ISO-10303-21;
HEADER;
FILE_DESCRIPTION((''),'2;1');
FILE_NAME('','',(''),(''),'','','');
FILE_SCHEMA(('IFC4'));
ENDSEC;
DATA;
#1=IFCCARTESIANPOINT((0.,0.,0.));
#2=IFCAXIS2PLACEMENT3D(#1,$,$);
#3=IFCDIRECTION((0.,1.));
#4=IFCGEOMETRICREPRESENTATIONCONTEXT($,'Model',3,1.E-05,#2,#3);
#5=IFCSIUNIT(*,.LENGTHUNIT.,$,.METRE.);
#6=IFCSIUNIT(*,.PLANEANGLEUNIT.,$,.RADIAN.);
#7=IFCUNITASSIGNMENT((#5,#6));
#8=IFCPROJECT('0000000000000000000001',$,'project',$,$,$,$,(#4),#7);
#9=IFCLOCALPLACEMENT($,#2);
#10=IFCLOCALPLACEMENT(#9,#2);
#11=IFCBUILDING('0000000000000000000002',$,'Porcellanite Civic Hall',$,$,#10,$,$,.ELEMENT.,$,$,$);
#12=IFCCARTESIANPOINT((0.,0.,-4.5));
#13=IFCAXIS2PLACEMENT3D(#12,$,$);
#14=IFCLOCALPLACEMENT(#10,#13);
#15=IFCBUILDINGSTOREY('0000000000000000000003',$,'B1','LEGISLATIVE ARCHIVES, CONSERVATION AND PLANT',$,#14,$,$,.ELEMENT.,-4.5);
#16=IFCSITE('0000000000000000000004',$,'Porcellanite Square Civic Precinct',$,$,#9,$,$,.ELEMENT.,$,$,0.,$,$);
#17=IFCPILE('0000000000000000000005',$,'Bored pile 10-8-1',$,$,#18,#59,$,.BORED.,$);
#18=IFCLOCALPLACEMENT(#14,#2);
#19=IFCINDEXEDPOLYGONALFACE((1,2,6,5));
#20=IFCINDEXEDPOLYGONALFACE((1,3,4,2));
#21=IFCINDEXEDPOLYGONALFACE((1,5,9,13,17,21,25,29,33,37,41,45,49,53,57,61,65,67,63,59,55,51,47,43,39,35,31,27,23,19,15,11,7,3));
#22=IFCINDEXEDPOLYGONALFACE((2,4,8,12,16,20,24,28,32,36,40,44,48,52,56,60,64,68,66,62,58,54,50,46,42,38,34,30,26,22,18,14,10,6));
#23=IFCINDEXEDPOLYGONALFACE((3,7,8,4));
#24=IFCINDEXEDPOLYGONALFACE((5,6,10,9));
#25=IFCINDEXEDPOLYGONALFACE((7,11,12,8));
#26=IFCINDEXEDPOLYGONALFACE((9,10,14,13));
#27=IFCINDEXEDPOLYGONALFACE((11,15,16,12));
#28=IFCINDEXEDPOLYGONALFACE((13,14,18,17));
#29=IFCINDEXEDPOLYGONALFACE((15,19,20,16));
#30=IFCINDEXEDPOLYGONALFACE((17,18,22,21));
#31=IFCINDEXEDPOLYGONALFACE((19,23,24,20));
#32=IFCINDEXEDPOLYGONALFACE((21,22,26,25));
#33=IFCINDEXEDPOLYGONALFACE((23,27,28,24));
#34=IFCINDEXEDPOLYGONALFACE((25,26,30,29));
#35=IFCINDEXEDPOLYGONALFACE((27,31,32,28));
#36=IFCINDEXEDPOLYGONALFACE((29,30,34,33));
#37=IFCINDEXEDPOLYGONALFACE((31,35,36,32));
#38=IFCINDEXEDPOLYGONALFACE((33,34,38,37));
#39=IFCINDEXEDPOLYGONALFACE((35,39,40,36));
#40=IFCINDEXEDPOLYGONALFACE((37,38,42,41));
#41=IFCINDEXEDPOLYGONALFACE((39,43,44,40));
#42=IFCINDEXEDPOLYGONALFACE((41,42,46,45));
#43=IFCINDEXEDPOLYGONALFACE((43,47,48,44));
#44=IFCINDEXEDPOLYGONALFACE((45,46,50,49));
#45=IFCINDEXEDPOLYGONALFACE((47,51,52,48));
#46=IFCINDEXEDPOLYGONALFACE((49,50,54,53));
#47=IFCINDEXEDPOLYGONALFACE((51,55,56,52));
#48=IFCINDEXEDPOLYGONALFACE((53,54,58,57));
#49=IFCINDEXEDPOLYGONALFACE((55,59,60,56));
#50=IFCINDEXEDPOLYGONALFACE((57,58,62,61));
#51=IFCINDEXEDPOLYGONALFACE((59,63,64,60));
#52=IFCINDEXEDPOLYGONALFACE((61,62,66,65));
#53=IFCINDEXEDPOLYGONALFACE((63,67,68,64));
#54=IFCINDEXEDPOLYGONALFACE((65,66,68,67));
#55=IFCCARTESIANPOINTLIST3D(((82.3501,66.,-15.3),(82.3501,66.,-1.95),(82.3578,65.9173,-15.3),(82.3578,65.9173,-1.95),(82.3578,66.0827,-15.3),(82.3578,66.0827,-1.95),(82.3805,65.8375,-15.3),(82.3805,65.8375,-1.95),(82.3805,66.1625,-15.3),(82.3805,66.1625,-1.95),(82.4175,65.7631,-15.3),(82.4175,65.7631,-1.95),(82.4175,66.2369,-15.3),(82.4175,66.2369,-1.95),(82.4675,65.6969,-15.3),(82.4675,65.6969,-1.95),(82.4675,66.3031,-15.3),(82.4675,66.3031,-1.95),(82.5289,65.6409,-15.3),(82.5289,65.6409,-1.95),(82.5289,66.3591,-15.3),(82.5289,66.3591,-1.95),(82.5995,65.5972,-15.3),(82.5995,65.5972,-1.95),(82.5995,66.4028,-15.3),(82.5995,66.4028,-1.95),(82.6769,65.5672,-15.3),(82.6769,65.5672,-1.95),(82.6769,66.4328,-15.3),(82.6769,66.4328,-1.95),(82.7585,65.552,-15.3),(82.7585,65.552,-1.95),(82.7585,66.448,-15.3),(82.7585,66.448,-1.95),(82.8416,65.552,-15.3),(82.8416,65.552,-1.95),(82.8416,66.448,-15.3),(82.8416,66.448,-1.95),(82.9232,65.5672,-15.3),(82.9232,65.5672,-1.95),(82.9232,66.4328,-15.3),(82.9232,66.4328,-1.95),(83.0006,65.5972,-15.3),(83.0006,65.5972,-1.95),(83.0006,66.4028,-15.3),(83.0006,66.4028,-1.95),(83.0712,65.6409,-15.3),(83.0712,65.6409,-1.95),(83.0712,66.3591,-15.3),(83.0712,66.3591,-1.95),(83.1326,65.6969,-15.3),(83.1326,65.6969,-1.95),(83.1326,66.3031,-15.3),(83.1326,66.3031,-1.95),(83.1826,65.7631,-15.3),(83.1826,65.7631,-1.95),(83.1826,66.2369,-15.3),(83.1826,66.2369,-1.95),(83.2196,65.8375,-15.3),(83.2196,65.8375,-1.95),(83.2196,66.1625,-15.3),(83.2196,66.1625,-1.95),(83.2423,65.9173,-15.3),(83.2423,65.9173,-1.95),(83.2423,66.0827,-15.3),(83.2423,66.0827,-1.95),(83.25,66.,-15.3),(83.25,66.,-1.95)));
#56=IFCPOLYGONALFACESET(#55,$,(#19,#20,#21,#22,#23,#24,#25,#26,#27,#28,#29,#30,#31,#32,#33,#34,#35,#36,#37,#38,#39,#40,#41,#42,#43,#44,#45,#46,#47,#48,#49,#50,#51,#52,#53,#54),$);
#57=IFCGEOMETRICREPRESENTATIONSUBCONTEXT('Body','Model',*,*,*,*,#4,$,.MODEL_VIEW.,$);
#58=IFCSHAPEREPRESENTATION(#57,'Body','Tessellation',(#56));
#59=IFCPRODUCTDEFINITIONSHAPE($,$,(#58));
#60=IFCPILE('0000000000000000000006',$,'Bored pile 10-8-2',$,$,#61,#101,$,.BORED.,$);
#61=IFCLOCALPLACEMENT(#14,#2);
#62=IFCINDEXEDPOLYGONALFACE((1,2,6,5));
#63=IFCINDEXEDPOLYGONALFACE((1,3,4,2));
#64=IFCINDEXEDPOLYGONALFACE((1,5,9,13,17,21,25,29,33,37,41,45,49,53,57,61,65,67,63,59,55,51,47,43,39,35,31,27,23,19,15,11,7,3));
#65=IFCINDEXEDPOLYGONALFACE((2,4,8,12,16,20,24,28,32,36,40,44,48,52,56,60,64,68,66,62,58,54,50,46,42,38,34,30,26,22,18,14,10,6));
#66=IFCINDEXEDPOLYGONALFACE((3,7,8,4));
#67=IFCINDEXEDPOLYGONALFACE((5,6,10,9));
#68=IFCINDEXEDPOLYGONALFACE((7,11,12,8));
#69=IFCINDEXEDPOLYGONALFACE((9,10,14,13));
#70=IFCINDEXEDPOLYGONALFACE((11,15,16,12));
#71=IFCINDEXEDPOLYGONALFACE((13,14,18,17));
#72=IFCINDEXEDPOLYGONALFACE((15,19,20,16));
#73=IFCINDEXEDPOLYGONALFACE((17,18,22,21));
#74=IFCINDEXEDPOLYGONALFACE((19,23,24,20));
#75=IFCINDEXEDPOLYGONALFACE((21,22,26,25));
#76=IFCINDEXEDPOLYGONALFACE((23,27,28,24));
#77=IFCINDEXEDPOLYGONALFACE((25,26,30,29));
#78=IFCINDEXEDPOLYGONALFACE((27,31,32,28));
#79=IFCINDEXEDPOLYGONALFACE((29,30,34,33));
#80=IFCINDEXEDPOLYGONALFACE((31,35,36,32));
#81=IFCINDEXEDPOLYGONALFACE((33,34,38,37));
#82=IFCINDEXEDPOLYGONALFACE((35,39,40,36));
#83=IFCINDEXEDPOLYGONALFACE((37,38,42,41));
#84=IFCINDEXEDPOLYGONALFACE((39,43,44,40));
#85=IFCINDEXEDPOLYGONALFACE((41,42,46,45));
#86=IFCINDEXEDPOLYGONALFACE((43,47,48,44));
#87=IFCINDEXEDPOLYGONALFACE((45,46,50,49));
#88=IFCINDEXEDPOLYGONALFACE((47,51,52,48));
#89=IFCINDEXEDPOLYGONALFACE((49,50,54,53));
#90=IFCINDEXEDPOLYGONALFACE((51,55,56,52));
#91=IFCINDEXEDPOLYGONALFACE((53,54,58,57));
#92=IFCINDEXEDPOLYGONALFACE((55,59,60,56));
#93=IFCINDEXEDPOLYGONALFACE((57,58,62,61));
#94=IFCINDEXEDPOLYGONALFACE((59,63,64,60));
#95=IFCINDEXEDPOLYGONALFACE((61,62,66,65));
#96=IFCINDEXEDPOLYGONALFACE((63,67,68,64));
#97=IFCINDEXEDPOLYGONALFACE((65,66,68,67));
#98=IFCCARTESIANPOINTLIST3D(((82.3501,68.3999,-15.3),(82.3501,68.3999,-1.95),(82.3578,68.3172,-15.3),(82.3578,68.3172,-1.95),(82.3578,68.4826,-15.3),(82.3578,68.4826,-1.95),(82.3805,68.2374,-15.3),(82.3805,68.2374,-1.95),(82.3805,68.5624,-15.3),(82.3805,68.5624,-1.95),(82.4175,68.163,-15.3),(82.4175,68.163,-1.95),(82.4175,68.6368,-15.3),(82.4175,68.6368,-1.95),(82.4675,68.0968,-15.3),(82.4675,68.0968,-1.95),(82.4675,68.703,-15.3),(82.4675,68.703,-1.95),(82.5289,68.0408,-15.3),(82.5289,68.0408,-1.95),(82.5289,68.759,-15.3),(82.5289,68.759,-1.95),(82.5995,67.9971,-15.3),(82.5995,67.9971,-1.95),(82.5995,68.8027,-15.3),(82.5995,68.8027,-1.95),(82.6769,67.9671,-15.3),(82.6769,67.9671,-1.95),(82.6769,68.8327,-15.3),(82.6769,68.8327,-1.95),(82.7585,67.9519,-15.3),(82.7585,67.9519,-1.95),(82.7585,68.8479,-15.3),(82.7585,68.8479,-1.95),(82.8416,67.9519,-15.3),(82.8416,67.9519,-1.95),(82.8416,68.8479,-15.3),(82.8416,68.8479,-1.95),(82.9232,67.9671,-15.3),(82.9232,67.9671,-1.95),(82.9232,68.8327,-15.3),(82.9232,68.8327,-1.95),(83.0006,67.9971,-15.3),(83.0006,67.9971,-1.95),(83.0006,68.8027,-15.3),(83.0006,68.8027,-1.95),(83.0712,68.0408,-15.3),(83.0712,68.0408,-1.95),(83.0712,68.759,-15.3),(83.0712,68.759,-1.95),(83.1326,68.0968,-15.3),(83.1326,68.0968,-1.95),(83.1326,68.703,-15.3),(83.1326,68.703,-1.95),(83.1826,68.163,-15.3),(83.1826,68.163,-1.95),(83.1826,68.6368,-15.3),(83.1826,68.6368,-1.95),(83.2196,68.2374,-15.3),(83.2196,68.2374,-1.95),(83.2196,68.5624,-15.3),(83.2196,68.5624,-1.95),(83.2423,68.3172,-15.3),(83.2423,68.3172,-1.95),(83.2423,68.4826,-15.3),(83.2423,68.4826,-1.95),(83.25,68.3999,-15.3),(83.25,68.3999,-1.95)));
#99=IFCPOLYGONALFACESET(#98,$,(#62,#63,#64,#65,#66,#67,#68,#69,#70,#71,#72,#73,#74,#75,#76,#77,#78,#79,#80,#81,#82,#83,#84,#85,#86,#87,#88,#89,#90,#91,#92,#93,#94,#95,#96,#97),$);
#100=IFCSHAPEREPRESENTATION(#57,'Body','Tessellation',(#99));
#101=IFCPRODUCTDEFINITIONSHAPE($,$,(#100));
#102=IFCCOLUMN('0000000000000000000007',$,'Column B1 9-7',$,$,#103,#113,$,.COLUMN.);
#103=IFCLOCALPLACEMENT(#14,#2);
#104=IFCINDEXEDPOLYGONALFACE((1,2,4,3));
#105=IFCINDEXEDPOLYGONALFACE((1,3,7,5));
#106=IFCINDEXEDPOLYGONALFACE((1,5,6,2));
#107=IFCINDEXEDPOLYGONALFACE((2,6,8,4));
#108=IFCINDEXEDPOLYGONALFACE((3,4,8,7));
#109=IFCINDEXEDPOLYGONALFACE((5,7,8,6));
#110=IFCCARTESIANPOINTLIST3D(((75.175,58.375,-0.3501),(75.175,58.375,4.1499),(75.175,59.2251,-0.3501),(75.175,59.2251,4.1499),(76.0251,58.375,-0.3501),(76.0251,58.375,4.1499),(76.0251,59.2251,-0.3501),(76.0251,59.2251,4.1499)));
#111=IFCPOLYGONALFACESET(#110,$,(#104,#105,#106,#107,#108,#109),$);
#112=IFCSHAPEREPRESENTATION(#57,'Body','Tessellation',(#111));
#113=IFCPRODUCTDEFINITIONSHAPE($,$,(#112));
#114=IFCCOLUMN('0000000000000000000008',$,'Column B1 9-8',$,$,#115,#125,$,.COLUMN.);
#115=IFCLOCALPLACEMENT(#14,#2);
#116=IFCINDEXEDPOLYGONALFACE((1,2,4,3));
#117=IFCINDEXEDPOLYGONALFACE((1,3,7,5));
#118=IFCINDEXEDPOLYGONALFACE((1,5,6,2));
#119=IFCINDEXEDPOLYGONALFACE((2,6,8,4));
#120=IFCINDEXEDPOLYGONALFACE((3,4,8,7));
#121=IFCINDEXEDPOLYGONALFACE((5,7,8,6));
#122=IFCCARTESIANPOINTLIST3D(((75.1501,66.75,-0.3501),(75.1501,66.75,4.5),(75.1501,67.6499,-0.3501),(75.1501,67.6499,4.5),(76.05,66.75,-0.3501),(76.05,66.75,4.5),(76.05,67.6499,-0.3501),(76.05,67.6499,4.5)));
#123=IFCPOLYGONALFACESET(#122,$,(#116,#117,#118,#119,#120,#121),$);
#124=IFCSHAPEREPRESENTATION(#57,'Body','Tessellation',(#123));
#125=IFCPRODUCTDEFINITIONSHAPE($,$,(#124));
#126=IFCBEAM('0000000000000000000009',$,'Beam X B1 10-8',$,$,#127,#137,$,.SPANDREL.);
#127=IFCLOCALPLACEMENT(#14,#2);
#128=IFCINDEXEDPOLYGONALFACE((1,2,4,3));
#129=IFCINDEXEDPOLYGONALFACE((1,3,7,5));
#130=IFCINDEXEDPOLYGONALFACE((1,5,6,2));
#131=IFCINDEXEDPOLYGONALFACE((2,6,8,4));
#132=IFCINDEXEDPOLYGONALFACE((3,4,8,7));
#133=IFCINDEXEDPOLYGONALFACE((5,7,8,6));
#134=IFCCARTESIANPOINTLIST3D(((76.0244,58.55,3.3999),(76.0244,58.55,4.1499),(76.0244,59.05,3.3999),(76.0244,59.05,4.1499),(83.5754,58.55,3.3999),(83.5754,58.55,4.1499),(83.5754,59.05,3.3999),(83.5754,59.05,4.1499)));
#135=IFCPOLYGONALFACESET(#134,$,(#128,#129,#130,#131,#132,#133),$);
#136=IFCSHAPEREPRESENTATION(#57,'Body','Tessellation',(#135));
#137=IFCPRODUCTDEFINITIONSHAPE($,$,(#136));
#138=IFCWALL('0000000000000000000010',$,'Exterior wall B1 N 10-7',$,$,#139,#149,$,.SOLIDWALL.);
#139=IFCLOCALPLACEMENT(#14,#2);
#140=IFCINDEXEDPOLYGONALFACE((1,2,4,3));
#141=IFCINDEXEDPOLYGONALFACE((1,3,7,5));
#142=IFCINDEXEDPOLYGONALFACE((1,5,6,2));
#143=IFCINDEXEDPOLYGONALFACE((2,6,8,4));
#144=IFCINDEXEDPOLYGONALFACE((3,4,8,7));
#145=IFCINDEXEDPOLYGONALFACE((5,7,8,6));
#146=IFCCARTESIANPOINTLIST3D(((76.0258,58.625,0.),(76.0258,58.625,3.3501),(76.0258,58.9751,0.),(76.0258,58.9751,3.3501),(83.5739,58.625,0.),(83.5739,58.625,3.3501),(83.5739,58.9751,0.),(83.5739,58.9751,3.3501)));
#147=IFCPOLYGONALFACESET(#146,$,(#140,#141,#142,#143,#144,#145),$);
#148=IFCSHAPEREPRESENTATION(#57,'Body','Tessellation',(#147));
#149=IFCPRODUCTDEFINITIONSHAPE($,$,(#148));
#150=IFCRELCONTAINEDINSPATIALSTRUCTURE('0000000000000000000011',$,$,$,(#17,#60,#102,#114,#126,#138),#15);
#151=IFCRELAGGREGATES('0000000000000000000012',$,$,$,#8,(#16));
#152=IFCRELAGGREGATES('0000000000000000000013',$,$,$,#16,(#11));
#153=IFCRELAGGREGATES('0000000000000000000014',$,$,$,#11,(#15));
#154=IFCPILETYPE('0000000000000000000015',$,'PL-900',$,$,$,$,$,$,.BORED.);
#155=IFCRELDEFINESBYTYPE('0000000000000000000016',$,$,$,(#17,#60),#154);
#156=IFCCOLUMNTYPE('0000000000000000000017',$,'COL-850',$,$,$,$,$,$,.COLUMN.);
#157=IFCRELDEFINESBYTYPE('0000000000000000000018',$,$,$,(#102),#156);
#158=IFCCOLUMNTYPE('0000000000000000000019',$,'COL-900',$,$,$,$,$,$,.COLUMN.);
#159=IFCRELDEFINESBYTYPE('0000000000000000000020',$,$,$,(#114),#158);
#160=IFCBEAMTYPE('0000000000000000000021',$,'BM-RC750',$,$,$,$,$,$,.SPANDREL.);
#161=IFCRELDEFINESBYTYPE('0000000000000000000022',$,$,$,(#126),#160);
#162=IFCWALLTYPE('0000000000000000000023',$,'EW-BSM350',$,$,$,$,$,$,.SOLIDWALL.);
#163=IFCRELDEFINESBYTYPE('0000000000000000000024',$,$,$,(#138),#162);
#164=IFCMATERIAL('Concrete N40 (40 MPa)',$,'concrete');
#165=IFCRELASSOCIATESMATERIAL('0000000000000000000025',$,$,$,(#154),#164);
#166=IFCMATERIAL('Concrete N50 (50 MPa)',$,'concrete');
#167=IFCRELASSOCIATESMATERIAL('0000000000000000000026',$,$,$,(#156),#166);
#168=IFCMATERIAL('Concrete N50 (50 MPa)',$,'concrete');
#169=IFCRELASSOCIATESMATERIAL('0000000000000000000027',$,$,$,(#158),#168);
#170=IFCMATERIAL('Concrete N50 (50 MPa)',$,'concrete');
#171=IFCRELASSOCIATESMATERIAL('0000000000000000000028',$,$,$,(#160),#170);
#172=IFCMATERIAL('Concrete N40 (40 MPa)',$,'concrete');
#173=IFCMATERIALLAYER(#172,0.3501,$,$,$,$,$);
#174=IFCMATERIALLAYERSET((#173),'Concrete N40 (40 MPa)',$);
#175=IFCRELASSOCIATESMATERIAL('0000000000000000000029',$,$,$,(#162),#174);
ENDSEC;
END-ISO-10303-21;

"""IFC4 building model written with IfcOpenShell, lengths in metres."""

from ifc_helpers import new_model, si_unit, direction, frame, frame_2d, origin, origin_2d, place, context, subcontext, project, spatial, rectangle, circle, extrude, material, layer, layer_set, material_profile, profile_set, type_object, element, save


model = new_model("IFC4")

# Units and contexts
model_context = context("Model", 3, precision=1e-05, world=origin(), true_north=direction((0.0, 1.0)))
body_context = subcontext(model_context, "Body", "Model", "MODEL_VIEW")
ifc_project = project(units=[si_unit("LENGTHUNIT", "METRE"), si_unit("PLANEANGLEUNIT", "RADIAN")], contexts=[model_context])

# Site, building, storey
site_placement = place(None, origin())
site = spatial("IfcSite", under=ifc_project, at=site_placement, Name="Porcellanite Square Civic Precinct", CompositionType="ELEMENT", RefElevation=0.0)
building_placement = place(site_placement, origin())
building = spatial("IfcBuilding", under=site, at=building_placement, Name="Porcellanite Civic Hall", CompositionType="ELEMENT")
storey_placement = place(building_placement, frame((0.0, 0.0, -4.5)))
storey = spatial("IfcBuildingStorey", under=building, at=storey_placement, Name="B1", Description="LEGISLATIVE ARCHIVES, CONSERVATION AND PLANT", CompositionType="ELEMENT", Elevation=-4.5)

# Piles
ifc_material_1 = material(Name="Concrete N40 (40 MPa)", Category="concrete")
ifc_material_profile_1 = material_profile(ifc_material_1, circle(Radius=0.45, at=origin_2d()), Name="PILE-D900")
ifc_profile_set_1 = profile_set([ifc_material_profile_1], Name="Concrete N40 (40 MPa)")
pile_type_1 = type_object("IfcPileType", Name="PL-900", PredefinedType="BORED", material=ifc_profile_set_1)
for number, where, z_axis, x_axis, name in (
    (1, (82.8, 66.0, -1.95), (0.0, 0.0, -1.0), (1.0, 0.0, 0.0), "Bored pile 10-8-1"),
    (2, (82.8, 68.3999, -1.95), (0.0, 0.0, -1.0), (1.0, 0.0, 0.0), "Bored pile 10-8-2"),
):
    element("IfcPile", number, at=place(storey_placement, frame(where, z_axis=z_axis, x_axis=x_axis)), inside=storey, type_object=pile_type_1, Name=name, PredefinedType="BORED", context=body_context, shape_type="SweptSolid", body=[
        extrude(circle(Radius=0.45, at=origin_2d()), origin(), (0.0, 0.0, 1.0), 13.3501),
    ])

# Columns
ifc_material_2 = material(Name="Concrete N50 (50 MPa)", Category="concrete")
ifc_material_profile_2 = material_profile(ifc_material_2, rectangle(XDim=0.8501, YDim=0.8501, at=origin_2d()), Name="RC-850x850")
ifc_profile_set_2 = profile_set([ifc_material_profile_2], Name="Concrete N50 (50 MPa)")
column_type_1 = type_object("IfcColumnType", Name="COL-850", PredefinedType="COLUMN", material=ifc_profile_set_2)
column_1_placement = place(storey_placement, frame((75.6001, 58.8, -0.3501), z_axis=(0.0, 0.0, 1.0), x_axis=(1.0, 0.0, 0.0)))
element("IfcColumn", 3, at=column_1_placement, inside=storey, type_object=column_type_1, Name="Column B1 9-7", PredefinedType="COLUMN", context=body_context, shape_type="SweptSolid", body=[
    extrude(rectangle(XDim=0.8501, YDim=0.8501, at=origin_2d()), origin(), (0.0, 0.0, 1.0), 4.5),
])
ifc_material_3 = material(Name="Concrete N50 (50 MPa)", Category="concrete")
ifc_material_profile_3 = material_profile(ifc_material_3, rectangle(XDim=0.8999, YDim=0.8999, at=origin_2d()), Name="RC-900x900")
ifc_profile_set_3 = profile_set([ifc_material_profile_3], Name="Concrete N50 (50 MPa)")
column_type_2 = type_object("IfcColumnType", Name="COL-900", PredefinedType="COLUMN", material=ifc_profile_set_3)
column_2_placement = place(storey_placement, frame((75.6001, 67.2, -0.3501), z_axis=(0.0, 0.0, 1.0), x_axis=(1.0, 0.0, 0.0)))
element("IfcColumn", 4, at=column_2_placement, inside=storey, type_object=column_type_2, Name="Column B1 9-8", PredefinedType="COLUMN", context=body_context, shape_type="SweptSolid", body=[
    extrude(rectangle(XDim=0.8999, YDim=0.8999, at=origin_2d()), origin(), (0.0, 0.0, 1.0), 4.8501),
])

# Beam
ifc_material_4 = material(Name="Concrete N50 (50 MPa)", Category="concrete")
ifc_material_profile_4 = material_profile(ifc_material_4, rectangle(XDim=0.5, YDim=0.75, at=origin_2d()), Name="RC-500x750")
ifc_profile_set_4 = profile_set([ifc_material_profile_4], Name="Concrete N50 (50 MPa)")
beam_type = type_object("IfcBeamType", Name="BM-RC750", PredefinedType="SPANDREL", material=ifc_profile_set_4)
beam_placement = place(storey_placement, frame((76.0244, 58.8, 3.7749), z_axis=(1.0, 0.0, 0.0), x_axis=(0.0, 1.0, 0.0)))
element("IfcBeam", 5, at=beam_placement, inside=storey, type_object=beam_type, Name="Beam X B1 10-8", PredefinedType="SPANDREL", context=body_context, shape_type="SweptSolid", body=[
    extrude(rectangle(XDim=0.5, YDim=0.75, at=origin_2d()), origin(), (0.0, 0.0, 1.0), 7.551),
])

# Wall
ifc_material_5 = material(Name="Concrete N40 (40 MPa)", Category="concrete")
ifc_layer = layer(ifc_material_5, 0.3501)
ifc_layer_set = layer_set([ifc_layer], Name="Concrete N40 (40 MPa)")
wall_type = type_object("IfcWallType", Name="EW-BSM350", PredefinedType="SOLIDWALL", material=ifc_layer_set)
wall_placement = place(storey_placement, frame((76.0259, 58.8, 0.0), z_axis=(0.0, 0.0, 1.0), x_axis=(1.0, 0.0, 0.0)))
element("IfcWall", 6, at=wall_placement, inside=storey, type_object=wall_type, Name="Exterior wall B1 N 10-7", PredefinedType="SOLIDWALL", context=body_context, shape_type="SweptSolid", body=[
    extrude(rectangle(XDim=7.5481, YDim=0.3501, at=frame_2d((3.7739, 0.0))), origin(), (0.0, 0.0, 1.0), 3.3501),
])

save(model, "model.ifc")
